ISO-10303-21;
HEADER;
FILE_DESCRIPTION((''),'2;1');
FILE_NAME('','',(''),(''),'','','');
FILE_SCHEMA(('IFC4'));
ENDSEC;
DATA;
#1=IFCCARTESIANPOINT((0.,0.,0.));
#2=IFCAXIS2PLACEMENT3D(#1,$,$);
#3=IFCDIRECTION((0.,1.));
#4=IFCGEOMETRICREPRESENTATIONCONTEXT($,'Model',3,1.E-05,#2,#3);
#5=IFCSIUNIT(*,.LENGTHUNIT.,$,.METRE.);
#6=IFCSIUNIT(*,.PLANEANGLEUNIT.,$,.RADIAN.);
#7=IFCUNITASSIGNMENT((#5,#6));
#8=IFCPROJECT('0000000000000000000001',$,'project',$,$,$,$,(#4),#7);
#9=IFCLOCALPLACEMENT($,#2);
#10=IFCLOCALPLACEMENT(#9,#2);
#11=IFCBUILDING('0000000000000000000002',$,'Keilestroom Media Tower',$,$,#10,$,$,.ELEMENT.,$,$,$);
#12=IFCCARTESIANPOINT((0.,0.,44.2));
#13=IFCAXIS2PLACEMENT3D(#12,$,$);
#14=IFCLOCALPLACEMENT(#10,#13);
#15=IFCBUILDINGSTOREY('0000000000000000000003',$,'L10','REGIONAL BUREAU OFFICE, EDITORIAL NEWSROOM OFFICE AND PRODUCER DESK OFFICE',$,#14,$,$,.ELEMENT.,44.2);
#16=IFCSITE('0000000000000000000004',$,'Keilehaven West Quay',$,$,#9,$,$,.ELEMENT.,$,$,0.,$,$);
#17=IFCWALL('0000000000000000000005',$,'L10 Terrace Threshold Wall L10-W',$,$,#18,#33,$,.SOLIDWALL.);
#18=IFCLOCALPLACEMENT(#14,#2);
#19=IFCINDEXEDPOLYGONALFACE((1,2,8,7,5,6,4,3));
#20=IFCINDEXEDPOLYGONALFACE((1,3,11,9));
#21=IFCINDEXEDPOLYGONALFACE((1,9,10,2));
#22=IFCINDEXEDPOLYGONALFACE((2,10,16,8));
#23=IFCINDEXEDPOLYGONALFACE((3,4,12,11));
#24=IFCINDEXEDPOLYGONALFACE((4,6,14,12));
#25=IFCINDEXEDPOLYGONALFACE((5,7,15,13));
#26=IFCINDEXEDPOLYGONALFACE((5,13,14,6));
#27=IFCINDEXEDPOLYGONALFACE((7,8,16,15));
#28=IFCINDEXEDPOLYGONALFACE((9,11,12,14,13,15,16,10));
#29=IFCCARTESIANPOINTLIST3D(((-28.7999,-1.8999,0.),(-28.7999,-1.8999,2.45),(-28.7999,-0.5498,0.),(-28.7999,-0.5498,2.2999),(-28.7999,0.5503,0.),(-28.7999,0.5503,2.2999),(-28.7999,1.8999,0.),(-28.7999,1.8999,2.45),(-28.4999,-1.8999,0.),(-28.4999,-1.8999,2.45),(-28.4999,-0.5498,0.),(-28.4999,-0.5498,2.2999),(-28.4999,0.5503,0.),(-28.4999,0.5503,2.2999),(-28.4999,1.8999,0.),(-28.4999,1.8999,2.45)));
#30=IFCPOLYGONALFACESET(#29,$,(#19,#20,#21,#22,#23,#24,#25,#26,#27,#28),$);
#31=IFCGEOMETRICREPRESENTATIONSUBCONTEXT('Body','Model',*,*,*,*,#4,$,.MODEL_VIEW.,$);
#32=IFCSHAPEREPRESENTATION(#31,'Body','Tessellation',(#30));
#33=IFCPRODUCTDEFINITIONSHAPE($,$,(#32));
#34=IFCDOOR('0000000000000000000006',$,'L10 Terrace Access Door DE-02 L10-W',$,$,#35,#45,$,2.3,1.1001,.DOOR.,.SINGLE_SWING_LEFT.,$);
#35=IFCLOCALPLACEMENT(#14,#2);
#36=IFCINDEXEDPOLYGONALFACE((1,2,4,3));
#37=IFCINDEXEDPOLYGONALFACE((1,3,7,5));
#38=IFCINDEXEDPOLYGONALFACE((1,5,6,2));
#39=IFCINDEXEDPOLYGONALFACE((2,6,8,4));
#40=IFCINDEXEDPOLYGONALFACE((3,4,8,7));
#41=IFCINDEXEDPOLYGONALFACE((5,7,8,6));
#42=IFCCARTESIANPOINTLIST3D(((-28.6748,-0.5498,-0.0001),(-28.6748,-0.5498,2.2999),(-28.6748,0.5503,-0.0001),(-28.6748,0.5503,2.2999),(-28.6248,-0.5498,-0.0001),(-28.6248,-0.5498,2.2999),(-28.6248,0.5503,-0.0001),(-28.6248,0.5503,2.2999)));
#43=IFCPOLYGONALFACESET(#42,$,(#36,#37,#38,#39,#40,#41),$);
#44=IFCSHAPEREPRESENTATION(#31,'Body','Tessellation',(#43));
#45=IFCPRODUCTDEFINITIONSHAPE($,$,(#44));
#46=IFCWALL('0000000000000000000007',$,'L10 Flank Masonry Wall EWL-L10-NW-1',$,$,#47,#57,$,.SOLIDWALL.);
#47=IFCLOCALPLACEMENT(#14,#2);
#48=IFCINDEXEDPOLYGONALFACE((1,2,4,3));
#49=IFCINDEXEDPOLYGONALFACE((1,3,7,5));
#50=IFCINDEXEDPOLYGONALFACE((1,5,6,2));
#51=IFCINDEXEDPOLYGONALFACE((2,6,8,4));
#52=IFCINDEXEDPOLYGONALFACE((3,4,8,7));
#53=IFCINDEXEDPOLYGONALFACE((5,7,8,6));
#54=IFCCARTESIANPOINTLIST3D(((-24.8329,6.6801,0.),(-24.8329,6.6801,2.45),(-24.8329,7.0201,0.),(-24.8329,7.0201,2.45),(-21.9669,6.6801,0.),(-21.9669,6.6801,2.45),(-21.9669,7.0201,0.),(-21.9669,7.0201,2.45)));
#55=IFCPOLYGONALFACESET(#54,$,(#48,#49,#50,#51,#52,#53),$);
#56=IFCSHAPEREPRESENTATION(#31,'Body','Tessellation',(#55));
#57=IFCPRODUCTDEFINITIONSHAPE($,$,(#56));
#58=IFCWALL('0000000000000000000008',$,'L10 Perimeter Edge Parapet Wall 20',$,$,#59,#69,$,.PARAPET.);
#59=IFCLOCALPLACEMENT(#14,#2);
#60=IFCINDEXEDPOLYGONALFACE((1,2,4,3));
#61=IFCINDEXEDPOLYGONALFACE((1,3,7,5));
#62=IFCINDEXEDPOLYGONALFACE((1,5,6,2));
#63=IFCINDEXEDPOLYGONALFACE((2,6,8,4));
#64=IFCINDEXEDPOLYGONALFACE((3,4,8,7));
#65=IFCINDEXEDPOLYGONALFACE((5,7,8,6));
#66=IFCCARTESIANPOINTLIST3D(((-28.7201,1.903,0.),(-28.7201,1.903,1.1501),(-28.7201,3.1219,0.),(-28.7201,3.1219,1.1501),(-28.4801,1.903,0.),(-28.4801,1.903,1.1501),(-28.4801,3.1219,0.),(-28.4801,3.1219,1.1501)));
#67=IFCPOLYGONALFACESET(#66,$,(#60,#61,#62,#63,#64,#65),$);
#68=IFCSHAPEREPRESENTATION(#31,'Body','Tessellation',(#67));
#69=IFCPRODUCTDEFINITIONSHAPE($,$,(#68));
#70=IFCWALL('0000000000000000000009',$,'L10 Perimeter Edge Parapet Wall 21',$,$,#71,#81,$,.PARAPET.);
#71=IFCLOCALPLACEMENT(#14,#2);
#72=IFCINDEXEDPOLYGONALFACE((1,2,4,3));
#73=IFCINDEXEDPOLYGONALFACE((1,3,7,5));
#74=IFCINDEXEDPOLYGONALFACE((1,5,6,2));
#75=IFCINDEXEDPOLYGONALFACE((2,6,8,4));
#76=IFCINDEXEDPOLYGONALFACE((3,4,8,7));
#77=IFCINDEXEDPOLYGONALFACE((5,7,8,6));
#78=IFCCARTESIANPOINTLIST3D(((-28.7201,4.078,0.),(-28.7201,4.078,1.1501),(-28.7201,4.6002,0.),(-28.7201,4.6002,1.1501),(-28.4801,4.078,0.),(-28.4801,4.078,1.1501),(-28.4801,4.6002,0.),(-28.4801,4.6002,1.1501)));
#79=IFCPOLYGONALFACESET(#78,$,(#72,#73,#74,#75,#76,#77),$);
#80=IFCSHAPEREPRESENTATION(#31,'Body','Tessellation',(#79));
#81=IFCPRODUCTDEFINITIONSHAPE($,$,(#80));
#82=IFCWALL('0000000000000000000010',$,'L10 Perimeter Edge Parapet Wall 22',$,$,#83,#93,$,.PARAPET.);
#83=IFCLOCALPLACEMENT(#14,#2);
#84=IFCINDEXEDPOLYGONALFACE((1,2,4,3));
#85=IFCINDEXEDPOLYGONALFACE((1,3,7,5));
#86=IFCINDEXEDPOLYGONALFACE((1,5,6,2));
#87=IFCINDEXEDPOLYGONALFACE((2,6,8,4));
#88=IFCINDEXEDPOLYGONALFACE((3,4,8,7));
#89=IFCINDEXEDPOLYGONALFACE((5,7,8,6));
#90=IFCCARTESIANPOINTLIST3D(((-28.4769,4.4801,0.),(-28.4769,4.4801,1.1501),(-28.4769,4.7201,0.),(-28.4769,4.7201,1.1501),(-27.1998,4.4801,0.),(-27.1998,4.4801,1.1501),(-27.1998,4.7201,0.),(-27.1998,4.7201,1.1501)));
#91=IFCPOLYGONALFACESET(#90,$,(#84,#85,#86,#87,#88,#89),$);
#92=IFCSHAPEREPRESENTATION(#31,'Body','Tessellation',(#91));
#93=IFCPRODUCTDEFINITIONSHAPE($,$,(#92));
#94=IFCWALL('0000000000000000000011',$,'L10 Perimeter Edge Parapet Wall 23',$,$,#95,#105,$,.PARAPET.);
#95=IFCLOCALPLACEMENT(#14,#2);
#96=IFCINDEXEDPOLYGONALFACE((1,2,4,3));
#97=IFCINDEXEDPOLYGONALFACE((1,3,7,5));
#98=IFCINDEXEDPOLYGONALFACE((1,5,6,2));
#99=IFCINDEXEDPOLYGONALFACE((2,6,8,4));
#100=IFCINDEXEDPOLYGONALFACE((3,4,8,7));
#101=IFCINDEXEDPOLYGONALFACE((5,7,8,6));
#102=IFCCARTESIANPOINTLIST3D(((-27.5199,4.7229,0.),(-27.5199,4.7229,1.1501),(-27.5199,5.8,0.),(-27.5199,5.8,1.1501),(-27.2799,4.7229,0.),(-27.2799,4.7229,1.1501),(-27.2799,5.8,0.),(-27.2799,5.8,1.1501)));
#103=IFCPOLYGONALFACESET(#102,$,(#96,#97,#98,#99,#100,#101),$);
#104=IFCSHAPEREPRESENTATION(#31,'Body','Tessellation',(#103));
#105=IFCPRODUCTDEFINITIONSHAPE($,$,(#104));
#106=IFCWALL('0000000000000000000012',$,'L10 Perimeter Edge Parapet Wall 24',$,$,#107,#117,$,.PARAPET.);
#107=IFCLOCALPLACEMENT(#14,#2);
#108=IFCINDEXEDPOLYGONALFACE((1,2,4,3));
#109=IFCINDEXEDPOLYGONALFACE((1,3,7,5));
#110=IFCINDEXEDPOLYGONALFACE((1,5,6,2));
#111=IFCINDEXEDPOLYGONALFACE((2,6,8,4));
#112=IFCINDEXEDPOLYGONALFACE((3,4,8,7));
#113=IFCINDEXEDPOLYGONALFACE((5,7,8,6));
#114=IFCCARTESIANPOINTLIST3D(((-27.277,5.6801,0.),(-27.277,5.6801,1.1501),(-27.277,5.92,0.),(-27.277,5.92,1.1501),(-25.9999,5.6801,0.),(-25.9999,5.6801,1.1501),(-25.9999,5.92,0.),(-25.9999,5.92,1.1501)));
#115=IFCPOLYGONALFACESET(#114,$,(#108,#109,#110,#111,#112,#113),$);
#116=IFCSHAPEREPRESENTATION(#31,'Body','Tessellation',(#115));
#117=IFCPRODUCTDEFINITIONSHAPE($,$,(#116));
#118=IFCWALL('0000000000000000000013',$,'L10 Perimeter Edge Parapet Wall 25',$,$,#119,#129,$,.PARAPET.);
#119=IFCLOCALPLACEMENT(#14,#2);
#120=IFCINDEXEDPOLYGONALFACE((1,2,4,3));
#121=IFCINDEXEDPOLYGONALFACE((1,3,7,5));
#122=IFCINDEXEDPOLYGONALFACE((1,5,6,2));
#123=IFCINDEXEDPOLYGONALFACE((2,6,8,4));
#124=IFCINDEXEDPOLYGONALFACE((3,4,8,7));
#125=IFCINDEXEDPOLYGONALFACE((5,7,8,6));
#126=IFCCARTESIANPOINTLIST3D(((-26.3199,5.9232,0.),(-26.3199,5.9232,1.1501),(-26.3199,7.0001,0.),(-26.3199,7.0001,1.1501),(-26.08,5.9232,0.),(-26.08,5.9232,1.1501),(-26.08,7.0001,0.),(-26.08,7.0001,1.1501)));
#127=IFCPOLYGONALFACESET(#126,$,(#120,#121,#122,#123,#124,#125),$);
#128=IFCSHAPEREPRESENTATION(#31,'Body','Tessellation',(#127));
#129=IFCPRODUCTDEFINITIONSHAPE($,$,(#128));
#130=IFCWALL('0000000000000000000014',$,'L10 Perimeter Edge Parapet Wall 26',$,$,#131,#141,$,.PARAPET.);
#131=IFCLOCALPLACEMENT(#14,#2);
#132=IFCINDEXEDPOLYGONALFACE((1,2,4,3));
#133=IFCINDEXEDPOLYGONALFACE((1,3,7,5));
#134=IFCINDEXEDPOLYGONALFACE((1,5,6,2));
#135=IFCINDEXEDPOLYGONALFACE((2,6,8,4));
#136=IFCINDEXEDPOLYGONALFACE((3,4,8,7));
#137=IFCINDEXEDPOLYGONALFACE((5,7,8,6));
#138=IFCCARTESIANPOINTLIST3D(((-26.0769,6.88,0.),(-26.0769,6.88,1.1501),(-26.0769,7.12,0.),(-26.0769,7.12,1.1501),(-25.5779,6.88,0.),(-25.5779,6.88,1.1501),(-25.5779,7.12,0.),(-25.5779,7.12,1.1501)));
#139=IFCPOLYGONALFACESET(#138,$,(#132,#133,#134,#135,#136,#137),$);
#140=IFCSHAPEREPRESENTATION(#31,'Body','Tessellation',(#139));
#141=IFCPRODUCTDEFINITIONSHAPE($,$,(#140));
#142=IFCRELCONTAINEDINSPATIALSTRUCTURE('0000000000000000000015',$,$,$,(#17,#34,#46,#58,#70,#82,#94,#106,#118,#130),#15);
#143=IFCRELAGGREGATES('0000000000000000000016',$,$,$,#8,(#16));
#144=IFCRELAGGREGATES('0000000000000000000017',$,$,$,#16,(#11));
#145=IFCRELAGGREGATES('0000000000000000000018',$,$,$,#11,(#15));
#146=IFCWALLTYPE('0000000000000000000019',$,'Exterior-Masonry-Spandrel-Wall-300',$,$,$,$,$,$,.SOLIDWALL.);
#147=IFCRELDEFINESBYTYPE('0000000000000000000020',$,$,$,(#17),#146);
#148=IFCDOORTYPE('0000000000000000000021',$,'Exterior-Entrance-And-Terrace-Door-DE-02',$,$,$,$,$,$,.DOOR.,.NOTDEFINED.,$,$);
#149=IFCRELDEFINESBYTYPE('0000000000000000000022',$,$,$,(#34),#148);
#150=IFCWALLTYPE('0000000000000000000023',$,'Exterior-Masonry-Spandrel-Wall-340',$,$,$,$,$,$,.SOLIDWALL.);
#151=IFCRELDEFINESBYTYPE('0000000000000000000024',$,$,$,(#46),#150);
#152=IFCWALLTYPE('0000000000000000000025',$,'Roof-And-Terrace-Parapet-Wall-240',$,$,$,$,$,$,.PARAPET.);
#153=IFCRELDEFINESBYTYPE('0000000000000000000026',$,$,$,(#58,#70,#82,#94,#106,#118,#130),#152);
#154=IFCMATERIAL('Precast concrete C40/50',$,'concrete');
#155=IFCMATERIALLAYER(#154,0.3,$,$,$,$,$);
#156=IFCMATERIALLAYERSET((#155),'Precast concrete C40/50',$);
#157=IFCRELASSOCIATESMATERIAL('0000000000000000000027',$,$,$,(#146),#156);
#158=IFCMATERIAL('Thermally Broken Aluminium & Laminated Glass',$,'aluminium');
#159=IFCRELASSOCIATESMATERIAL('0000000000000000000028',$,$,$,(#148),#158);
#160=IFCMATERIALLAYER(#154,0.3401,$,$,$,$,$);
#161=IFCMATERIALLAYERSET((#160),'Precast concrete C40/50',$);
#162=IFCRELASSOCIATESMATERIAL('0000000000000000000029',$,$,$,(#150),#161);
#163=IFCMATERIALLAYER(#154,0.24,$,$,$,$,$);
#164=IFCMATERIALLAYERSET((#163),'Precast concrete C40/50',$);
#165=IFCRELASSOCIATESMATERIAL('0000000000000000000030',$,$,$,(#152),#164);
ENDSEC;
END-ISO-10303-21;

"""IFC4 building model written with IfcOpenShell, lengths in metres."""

from ifc_helpers import new_model, si_unit, direction, frame, frame_2d, origin, place, context, subcontext, project, spatial, rectangle, extrude, source, transform, mapped, material, layer, layer_set, type_object, element, fill, save


model = new_model("IFC4")

# Units and contexts
model_context = context("Model", 3, precision=1e-05, world=origin(), true_north=direction((0.0, 1.0)))
body_context = subcontext(model_context, "Body", "Model", "MODEL_VIEW")
ifc_project = project(units=[si_unit("LENGTHUNIT", "METRE"), si_unit("PLANEANGLEUNIT", "RADIAN")], contexts=[model_context])

# Site, building, storey
site_placement = place(None, origin())
site = spatial("IfcSite", under=ifc_project, at=site_placement, Name="Keilehaven West Quay", CompositionType="ELEMENT", RefElevation=0.0)
building_placement = place(site_placement, origin())
building = spatial("IfcBuilding", under=site, at=building_placement, Name="Keilestroom Media Tower", CompositionType="ELEMENT")
storey_placement = place(building_placement, frame((0.0, 0.0, 44.2)))
storey = spatial("IfcBuildingStorey", under=building, at=storey_placement, Name="L10", Description="REGIONAL BUREAU OFFICE, EDITORIAL NEWSROOM OFFICE AND PRODUCER DESK OFFICE", CompositionType="ELEMENT", Elevation=44.2)

# Shared definitions
ifc_material_1 = material(Name="Precast concrete C40/50", Category="concrete")

# Wall, opening, door
ifc_layer_1 = layer(ifc_material_1, 0.3)
ifc_layer_set_1 = layer_set([ifc_layer_1], Name="Precast concrete C40/50")
wall_type_1 = type_object("IfcWallType", Name="Exterior-Masonry-Spandrel-Wall-300", PredefinedType="SOLIDWALL", material=ifc_layer_set_1)
wall_1_placement = place(storey_placement, frame((-28.6499, -1.8999, 0.0), z_axis=(0.0, 0.0, 1.0), x_axis=(0.0, 1.0, 0.0)))
wall_1 = element("IfcWall", 1, at=wall_1_placement, inside=storey, type_object=wall_type_1, Name="L10 Terrace Threshold Wall L10-W", PredefinedType="SOLIDWALL", context=body_context, shape_type="SweptSolid", body=[
    extrude(rectangle(XDim=3.7998, YDim=0.3, at=frame_2d((1.8999, 0.0))), origin(), (0.0, 0.0, 1.0), 2.45),
])
opening_placement = place(wall_1_placement, frame((1.3501, 0.0, 0.0)))
opening = element("IfcOpeningElement", 2, at=opening_placement, cuts=wall_1, PredefinedType="OPENING", context=body_context, shape_type="SweptSolid", body=[
    extrude(rectangle(XDim=1.1001, YDim=2.3, at=frame_2d((0.55, 1.1499))), frame((0.0, 0.1602, 0.0), z_axis=(0.0, -1.0, 0.0), x_axis=(1.0, 0.0, 0.0)), (0.0, 0.0, 1.0), 0.3201),
])
ifc_material_2 = material(Name="Thermally Broken Aluminium & Laminated Glass", Category="aluminium")
door_type = type_object("IfcDoorType", Name="Exterior-Entrance-And-Terrace-Door-DE-02", OperationType="NOTDEFINED", PredefinedType="DOOR", material=ifc_material_2)
shared_shape_1 = source(origin(), body_context, "Body", "SweptSolid", [
    extrude(rectangle(XDim=1.1001, YDim=2.3, at=frame_2d((0.55, 1.1499))), frame((0.0, 0.0249, 0.0), z_axis=(0.0, -1.0, 0.0), x_axis=(1.0, 0.0, 0.0)), (0.0, 0.0, 1.0), 0.05),
])
door_placement = place(opening_placement, origin())
door = element("IfcDoor", 3, at=door_placement, inside=storey, type_object=door_type, Name="L10 Terrace Access Door DE-02 L10-W", OperationType="SINGLE_SWING_LEFT", OverallHeight=2.3, OverallWidth=1.1001, PredefinedType="DOOR", context=body_context, shape_type="MappedRepresentation", body=[
    mapped(shared_shape_1, transform((0.0, 0.0, 0.0), x_axis=(1.0, 0.0, 0.0), y_axis=(0.0, 1.0, 0.0), z_axis=(0.0, 0.0, 1.0), scale=1.0)),
])
fill(opening, door)

# Walls
ifc_layer_2 = layer(ifc_material_1, 0.3401)
ifc_layer_set_2 = layer_set([ifc_layer_2], Name="Precast concrete C40/50")
wall_type_2 = type_object("IfcWallType", Name="Exterior-Masonry-Spandrel-Wall-340", PredefinedType="SOLIDWALL", material=ifc_layer_set_2)
wall_2_placement = place(storey_placement, frame((-24.833, 6.8501, 0.0), z_axis=(0.0, 0.0, 1.0), x_axis=(1.0, 0.0, 0.0)))
element("IfcWall", 4, at=wall_2_placement, inside=storey, type_object=wall_type_2, Name="L10 Flank Masonry Wall EWL-L10-NW-1", PredefinedType="SOLIDWALL", context=body_context, shape_type="SweptSolid", body=[
    extrude(rectangle(XDim=2.866, YDim=0.3401, at=frame_2d((1.4331, 0.0))), origin(), (0.0, 0.0, 1.0), 2.45),
])
ifc_layer_3 = layer(ifc_material_1, 0.24)
ifc_layer_set_3 = layer_set([ifc_layer_3], Name="Precast concrete C40/50")
wall_type_3 = type_object("IfcWallType", Name="Roof-And-Terrace-Parapet-Wall-240", PredefinedType="PARAPET", material=ifc_layer_set_3)
wall_3_placement = place(storey_placement, frame((-28.6001, 1.9031, 0.0), z_axis=(0.0, 0.0, 1.0), x_axis=(0.0, 1.0, 0.0)))
element("IfcWall", 5, at=wall_3_placement, inside=storey, type_object=wall_type_3, Name="L10 Perimeter Edge Parapet Wall 20", PredefinedType="PARAPET", context=body_context, shape_type="SweptSolid", body=[
    extrude(rectangle(XDim=1.219, YDim=0.24, at=frame_2d((0.6094, 0.0))), origin(), (0.0, 0.0, 1.0), 1.1501),
])
wall_4_placement = place(storey_placement, frame((-28.6001, 4.0779, 0.0), z_axis=(0.0, 0.0, 1.0), x_axis=(0.0, 1.0, 0.0)))
element("IfcWall", 6, at=wall_4_placement, inside=storey, type_object=wall_type_3, Name="L10 Perimeter Edge Parapet Wall 21", PredefinedType="PARAPET", context=body_context, shape_type="SweptSolid", body=[
    extrude(rectangle(XDim=0.5222, YDim=0.24, at=frame_2d((0.2612, 0.0))), origin(), (0.0, 0.0, 1.0), 1.1501),
])
wall_5_placement = place(storey_placement, frame((-28.4771, 4.6001, 0.0), z_axis=(0.0, 0.0, 1.0), x_axis=(1.0, 0.0, 0.0)))
element("IfcWall", 7, at=wall_5_placement, inside=storey, type_object=wall_type_3, Name="L10 Perimeter Edge Parapet Wall 22", PredefinedType="PARAPET", context=body_context, shape_type="SweptSolid", body=[
    extrude(rectangle(XDim=1.2771, YDim=0.24, at=frame_2d((0.6387, 0.0))), origin(), (0.0, 0.0, 1.0), 1.1501),
])
wall_6_placement = place(storey_placement, frame((-27.3999, 4.7229, 0.0), z_axis=(0.0, 0.0, 1.0), x_axis=(0.0, 1.0, 0.0)))
element("IfcWall", 8, at=wall_6_placement, inside=storey, type_object=wall_type_3, Name="L10 Perimeter Edge Parapet Wall 23", PredefinedType="PARAPET", context=body_context, shape_type="SweptSolid", body=[
    extrude(rectangle(XDim=1.0771, YDim=0.24, at=frame_2d((0.5386, 0.0))), origin(), (0.0, 0.0, 1.0), 1.1501),
])
wall_7_placement = place(storey_placement, frame((-27.2771, 5.8, 0.0), z_axis=(0.0, 0.0, 1.0), x_axis=(1.0, 0.0, 0.0)))
element("IfcWall", 9, at=wall_7_placement, inside=storey, type_object=wall_type_3, Name="L10 Perimeter Edge Parapet Wall 24", PredefinedType="PARAPET", context=body_context, shape_type="SweptSolid", body=[
    extrude(rectangle(XDim=1.2771, YDim=0.24, at=frame_2d((0.6387, 0.0))), origin(), (0.0, 0.0, 1.0), 1.1501),
])
wall_8_placement = place(storey_placement, frame((-26.2, 5.9231, 0.0), z_axis=(0.0, 0.0, 1.0), x_axis=(0.0, 1.0, 0.0)))
element("IfcWall", 10, at=wall_8_placement, inside=storey, type_object=wall_type_3, Name="L10 Perimeter Edge Parapet Wall 25", PredefinedType="PARAPET", context=body_context, shape_type="SweptSolid", body=[
    extrude(rectangle(XDim=1.0769, YDim=0.24, at=frame_2d((0.5386, 0.0))), origin(), (0.0, 0.0, 1.0), 1.1501),
])
wall_9_placement = place(storey_placement, frame((-26.0769, 7.0, 0.0), z_axis=(0.0, 0.0, 1.0), x_axis=(1.0, 0.0, 0.0)))
element("IfcWall", 11, at=wall_9_placement, inside=storey, type_object=wall_type_3, Name="L10 Perimeter Edge Parapet Wall 26", PredefinedType="PARAPET", context=body_context, shape_type="SweptSolid", body=[
    extrude(rectangle(XDim=0.499, YDim=0.24, at=frame_2d((0.2495, 0.0))), origin(), (0.0, 0.0, 1.0), 1.1501),
])

save(model, "model.ifc")
